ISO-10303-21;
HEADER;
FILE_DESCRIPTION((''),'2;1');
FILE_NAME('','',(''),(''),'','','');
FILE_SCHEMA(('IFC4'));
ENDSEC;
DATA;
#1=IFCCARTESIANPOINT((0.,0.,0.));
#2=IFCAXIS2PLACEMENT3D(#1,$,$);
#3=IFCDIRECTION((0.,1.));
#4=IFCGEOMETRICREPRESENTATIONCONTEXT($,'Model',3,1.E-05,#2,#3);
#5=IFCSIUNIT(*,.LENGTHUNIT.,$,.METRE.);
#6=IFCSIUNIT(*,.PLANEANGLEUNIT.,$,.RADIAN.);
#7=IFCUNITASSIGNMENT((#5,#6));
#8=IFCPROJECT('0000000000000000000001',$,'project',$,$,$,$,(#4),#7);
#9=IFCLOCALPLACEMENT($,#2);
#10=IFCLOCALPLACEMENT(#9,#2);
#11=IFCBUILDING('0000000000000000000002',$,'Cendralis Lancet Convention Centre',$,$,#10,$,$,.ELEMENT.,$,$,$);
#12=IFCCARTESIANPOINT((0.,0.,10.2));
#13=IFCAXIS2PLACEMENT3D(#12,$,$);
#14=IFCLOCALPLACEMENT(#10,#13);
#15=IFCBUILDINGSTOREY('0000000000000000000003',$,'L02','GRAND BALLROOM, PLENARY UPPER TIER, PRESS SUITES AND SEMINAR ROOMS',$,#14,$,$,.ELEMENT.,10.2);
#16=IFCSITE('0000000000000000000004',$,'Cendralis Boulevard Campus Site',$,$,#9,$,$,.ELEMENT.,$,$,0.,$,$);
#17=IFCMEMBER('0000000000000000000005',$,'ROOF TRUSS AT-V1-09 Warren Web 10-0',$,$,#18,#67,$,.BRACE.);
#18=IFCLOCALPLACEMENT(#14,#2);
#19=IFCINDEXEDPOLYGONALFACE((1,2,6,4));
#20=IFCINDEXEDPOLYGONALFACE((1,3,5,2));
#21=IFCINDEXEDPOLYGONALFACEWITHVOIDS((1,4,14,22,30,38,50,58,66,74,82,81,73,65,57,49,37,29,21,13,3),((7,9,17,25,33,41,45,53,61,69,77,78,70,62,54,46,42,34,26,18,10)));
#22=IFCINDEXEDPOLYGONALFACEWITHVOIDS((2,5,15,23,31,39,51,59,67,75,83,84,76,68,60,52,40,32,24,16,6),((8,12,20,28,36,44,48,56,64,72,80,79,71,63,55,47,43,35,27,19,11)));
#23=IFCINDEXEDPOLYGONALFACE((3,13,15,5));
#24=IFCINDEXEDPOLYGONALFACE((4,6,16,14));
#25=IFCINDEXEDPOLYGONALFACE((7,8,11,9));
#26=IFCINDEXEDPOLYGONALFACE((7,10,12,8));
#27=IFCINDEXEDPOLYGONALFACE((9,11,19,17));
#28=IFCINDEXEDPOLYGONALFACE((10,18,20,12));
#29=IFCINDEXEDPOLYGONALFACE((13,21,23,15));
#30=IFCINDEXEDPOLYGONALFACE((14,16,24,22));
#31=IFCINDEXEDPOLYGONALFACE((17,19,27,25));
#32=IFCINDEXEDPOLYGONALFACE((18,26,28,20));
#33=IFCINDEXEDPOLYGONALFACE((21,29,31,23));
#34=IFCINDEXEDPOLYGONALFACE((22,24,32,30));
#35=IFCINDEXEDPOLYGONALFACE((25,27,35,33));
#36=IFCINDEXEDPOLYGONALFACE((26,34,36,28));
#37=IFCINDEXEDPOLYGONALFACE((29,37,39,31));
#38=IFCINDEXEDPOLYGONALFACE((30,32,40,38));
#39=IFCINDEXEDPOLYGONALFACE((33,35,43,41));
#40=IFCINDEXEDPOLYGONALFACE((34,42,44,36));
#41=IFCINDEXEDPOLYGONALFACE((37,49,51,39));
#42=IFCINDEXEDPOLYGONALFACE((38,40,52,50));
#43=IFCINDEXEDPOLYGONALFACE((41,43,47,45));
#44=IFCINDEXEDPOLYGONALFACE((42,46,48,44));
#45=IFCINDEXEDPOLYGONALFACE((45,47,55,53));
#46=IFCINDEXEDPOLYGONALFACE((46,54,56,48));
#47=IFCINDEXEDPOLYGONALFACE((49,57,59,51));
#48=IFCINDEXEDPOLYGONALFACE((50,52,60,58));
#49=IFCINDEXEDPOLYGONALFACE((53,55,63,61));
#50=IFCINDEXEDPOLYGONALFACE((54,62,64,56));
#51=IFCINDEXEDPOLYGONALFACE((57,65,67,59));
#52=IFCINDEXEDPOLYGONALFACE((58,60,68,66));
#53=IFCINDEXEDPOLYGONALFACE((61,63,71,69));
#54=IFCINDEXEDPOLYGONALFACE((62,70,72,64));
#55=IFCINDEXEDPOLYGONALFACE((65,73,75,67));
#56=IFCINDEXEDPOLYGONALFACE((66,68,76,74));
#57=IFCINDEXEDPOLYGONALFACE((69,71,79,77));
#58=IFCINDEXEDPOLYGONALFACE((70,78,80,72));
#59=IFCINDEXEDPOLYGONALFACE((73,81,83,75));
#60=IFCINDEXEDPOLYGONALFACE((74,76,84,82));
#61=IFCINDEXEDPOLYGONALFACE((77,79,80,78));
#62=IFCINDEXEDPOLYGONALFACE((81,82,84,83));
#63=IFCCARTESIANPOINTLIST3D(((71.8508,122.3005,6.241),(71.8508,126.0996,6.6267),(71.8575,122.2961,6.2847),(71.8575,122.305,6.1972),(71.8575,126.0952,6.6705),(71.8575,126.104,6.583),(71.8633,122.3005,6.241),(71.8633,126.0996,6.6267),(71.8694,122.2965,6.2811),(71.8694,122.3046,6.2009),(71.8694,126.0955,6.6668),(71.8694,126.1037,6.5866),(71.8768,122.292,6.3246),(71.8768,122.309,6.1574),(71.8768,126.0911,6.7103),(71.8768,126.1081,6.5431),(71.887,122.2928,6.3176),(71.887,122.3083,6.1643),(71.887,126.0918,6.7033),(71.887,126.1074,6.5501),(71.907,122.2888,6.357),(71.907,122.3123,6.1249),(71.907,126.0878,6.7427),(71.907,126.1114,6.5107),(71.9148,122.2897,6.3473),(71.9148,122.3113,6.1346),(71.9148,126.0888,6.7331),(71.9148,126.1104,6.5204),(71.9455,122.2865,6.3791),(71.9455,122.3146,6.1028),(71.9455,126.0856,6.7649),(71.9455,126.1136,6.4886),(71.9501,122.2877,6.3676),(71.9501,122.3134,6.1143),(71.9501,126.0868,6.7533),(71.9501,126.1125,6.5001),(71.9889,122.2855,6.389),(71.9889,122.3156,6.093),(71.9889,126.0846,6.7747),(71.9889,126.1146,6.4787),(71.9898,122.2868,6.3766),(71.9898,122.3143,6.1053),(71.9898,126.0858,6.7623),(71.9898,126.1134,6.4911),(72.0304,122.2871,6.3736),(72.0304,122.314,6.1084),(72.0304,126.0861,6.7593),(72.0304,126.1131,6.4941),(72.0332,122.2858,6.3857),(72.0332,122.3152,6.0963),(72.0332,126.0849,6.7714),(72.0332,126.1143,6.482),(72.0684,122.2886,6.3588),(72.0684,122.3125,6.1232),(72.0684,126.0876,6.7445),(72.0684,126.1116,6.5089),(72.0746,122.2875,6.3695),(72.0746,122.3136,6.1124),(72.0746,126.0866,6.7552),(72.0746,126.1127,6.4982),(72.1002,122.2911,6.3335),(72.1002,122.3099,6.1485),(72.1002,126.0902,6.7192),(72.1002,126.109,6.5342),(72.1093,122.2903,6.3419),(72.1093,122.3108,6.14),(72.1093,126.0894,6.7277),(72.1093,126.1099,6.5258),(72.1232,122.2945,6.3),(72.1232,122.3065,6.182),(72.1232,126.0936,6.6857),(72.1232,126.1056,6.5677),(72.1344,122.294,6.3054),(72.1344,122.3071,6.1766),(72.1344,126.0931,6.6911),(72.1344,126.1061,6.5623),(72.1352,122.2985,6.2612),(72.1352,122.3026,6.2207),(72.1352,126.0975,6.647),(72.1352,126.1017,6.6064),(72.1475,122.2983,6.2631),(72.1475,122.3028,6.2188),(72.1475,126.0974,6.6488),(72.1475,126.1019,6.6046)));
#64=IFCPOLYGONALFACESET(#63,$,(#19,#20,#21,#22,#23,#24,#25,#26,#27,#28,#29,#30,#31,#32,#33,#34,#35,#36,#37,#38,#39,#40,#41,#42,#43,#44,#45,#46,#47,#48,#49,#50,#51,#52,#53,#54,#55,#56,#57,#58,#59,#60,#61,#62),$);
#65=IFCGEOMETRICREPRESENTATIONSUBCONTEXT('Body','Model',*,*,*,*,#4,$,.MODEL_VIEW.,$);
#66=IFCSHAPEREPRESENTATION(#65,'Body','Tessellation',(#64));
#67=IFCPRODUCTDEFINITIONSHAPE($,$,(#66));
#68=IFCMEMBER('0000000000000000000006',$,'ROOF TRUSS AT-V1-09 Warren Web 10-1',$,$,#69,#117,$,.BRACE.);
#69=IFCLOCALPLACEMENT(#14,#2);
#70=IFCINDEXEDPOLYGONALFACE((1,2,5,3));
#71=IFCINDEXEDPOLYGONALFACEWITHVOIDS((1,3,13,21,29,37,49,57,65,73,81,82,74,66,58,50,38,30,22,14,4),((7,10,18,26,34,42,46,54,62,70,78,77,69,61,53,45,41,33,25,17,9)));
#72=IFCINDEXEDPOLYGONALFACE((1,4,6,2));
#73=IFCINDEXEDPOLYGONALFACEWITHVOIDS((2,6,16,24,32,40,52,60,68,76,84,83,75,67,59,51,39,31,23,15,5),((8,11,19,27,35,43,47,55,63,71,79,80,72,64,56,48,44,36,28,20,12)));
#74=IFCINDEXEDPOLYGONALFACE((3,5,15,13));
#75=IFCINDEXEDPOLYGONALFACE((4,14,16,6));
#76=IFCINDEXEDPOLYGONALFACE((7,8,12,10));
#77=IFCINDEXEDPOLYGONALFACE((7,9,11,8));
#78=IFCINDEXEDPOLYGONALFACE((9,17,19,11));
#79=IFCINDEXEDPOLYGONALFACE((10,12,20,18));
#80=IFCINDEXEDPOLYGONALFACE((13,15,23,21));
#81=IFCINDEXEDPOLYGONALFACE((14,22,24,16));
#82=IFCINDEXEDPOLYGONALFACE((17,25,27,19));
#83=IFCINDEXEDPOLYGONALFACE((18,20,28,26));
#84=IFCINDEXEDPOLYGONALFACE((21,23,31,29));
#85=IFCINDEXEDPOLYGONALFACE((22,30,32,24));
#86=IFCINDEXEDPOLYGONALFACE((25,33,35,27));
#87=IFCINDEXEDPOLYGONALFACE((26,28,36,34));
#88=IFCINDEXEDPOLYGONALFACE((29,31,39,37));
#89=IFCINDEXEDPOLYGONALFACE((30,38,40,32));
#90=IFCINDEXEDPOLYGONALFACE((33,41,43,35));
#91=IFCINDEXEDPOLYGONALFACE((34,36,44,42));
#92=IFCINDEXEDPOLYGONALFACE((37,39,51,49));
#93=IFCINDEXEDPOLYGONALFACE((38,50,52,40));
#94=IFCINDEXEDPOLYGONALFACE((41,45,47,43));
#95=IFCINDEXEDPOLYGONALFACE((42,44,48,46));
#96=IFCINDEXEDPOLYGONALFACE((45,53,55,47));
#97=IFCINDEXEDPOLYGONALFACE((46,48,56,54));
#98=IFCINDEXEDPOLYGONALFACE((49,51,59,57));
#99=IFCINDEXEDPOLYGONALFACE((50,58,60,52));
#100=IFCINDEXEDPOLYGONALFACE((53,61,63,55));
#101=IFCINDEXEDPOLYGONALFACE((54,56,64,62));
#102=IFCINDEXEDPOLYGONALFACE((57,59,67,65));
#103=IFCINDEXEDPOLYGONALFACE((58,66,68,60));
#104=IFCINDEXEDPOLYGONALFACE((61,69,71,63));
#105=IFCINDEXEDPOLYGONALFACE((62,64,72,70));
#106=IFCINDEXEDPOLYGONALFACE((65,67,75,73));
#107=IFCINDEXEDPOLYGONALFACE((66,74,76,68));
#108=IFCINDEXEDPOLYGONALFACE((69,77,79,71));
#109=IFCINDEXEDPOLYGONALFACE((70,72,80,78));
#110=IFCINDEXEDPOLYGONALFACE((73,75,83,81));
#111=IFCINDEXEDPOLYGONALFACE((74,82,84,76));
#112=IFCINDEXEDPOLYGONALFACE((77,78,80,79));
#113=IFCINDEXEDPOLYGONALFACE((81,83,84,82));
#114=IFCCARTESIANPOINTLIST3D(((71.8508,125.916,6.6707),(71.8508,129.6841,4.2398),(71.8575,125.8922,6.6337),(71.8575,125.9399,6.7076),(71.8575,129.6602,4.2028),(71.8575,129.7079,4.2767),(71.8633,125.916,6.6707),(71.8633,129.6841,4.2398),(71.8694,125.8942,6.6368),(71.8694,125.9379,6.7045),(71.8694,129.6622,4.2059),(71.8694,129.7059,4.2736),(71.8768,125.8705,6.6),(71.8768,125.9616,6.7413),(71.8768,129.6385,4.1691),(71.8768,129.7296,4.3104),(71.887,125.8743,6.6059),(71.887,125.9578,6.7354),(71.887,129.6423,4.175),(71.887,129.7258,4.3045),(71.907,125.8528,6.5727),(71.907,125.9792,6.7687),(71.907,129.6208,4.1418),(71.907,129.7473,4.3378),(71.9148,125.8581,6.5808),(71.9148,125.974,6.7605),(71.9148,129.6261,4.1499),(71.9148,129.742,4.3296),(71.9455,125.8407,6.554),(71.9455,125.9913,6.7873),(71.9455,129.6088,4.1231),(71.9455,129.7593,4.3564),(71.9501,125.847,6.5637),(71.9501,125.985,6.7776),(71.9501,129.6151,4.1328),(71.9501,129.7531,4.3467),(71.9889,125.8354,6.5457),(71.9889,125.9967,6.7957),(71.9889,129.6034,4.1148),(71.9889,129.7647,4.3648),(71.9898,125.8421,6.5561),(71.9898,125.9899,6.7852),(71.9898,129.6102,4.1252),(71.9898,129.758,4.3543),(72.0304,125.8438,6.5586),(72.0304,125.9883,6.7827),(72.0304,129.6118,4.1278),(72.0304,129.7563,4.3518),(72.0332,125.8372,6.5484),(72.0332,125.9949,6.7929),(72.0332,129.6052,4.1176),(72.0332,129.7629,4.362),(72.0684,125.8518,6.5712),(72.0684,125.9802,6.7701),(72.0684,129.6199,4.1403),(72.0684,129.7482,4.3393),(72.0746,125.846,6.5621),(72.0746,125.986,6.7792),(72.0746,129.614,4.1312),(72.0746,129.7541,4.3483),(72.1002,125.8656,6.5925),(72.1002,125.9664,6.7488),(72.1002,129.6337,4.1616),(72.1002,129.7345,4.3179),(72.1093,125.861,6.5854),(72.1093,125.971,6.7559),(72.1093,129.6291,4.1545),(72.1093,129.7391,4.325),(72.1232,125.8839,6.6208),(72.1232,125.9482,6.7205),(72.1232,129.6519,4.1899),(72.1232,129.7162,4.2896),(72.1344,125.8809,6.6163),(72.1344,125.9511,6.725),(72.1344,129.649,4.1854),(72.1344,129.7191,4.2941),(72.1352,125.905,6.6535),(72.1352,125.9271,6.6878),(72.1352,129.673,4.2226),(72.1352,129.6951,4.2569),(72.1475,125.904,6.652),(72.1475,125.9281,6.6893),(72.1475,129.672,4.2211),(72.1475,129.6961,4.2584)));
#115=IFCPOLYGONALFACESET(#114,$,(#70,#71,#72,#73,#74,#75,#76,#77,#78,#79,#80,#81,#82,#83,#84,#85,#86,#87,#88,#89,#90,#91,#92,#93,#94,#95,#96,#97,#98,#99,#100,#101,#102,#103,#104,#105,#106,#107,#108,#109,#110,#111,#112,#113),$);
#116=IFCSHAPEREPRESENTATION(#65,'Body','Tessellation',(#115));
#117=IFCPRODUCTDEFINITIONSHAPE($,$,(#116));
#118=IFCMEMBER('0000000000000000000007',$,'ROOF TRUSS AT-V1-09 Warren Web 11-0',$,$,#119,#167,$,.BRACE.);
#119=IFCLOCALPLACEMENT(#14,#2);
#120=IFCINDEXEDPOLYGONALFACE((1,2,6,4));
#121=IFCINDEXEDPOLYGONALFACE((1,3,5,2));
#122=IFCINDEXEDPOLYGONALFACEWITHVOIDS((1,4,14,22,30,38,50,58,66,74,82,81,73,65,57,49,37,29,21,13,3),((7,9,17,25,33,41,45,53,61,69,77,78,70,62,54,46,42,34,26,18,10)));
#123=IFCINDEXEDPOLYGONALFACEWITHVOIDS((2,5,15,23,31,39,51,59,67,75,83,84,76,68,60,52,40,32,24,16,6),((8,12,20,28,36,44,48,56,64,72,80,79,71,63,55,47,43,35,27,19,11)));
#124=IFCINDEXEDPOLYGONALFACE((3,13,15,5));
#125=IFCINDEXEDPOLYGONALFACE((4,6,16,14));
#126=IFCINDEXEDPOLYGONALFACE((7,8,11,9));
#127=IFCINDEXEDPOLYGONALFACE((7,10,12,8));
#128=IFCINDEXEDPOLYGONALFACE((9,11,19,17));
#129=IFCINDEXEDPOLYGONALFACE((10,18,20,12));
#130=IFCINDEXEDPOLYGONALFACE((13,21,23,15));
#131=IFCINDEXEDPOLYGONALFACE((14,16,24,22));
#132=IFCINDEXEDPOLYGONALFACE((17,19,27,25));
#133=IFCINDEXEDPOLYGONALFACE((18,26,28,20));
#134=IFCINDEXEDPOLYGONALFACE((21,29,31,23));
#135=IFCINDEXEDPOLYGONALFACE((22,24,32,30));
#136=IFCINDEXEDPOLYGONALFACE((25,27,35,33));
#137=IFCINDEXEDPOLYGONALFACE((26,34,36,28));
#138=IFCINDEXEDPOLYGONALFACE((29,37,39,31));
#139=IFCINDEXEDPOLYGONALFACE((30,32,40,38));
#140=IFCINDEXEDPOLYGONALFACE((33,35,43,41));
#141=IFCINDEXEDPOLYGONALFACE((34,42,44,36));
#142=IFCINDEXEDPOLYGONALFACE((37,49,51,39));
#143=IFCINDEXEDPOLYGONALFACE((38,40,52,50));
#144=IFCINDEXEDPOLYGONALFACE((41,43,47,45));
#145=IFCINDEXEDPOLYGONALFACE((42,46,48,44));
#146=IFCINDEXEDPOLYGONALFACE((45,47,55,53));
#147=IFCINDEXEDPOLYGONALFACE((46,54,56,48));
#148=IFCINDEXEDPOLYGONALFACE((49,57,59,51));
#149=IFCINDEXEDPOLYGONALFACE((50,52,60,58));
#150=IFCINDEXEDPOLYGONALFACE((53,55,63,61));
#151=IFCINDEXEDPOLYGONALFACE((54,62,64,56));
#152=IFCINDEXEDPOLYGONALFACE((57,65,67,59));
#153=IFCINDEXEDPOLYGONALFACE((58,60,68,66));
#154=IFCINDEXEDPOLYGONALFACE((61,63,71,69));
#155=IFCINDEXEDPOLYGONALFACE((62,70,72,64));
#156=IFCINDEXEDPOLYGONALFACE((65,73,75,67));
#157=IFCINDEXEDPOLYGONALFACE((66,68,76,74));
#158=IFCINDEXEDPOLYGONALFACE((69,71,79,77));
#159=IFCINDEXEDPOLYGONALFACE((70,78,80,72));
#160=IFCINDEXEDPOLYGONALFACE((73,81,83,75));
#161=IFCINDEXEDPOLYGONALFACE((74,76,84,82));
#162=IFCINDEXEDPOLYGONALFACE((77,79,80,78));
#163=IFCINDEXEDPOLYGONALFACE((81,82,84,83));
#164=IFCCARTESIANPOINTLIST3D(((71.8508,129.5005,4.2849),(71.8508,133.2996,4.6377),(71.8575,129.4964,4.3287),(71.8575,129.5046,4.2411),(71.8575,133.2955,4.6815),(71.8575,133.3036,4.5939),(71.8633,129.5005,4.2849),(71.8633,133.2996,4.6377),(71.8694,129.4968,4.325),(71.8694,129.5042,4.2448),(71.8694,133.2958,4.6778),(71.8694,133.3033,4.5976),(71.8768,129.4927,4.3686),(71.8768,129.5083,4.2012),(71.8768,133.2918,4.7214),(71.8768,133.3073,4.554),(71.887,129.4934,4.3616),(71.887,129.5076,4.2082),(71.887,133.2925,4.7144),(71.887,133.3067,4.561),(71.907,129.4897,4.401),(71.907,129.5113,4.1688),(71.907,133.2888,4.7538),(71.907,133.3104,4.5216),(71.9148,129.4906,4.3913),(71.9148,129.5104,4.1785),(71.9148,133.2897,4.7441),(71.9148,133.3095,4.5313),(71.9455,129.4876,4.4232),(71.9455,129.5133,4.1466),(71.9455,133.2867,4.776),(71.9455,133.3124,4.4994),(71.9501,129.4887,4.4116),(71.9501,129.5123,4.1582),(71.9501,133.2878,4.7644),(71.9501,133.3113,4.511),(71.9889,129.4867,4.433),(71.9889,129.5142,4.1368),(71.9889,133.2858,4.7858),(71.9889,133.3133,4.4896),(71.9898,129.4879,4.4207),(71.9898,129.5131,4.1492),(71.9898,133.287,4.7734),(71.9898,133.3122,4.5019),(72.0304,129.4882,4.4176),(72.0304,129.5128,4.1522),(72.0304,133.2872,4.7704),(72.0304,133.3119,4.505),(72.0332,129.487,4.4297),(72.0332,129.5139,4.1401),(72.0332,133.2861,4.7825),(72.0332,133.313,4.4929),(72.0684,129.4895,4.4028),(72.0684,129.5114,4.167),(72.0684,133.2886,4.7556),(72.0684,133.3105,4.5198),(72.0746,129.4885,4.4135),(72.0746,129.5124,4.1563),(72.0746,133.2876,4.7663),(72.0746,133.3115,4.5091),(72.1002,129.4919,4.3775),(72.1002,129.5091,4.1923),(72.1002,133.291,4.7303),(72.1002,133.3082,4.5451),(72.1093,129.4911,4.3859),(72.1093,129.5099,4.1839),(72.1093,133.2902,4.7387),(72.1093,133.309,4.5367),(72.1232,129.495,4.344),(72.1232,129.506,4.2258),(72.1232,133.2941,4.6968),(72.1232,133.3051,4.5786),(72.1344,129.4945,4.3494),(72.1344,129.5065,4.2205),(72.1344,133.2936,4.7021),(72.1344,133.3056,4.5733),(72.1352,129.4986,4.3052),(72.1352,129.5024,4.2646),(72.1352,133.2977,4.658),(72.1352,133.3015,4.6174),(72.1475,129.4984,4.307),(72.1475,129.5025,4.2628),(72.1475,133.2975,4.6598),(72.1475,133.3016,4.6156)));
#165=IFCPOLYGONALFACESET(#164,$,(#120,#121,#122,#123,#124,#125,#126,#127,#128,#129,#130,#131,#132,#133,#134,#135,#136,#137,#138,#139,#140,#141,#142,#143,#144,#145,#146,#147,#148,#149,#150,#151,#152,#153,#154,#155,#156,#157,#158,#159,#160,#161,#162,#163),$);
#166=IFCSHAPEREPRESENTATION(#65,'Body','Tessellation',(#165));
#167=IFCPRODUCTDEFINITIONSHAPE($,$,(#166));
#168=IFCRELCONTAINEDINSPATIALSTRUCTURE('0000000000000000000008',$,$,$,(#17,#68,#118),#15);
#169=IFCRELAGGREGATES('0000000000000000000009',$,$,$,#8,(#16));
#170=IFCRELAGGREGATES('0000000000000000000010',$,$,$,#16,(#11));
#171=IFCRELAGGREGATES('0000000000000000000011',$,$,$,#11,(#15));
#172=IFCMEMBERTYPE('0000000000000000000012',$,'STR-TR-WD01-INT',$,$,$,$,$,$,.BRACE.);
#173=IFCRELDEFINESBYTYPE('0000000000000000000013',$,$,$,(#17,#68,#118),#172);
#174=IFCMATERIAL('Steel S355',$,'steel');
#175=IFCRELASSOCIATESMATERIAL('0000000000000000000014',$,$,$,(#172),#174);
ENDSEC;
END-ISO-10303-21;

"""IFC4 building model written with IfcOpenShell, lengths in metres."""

from ifc_helpers import new_model, si_unit, direction, frame, origin, origin_2d, place, context, subcontext, project, spatial, hollow_circle, extrude, material, material_profile, profile_set, type_object, element, save


model = new_model("IFC4")

# Units and contexts
model_context = context("Model", 3, precision=1e-05, world=origin(), true_north=direction((0.0, 1.0)))
body_context = subcontext(model_context, "Body", "Model", "MODEL_VIEW")
ifc_project = project(units=[si_unit("LENGTHUNIT", "METRE"), si_unit("PLANEANGLEUNIT", "RADIAN")], contexts=[model_context])

# Site, building, storey
site_placement = place(None, origin())
site = spatial("IfcSite", under=ifc_project, at=site_placement, Name="Cendralis Boulevard Campus Site", CompositionType="ELEMENT", RefElevation=0.0)
building_placement = place(site_placement, origin())
building = spatial("IfcBuilding", under=site, at=building_placement, Name="Cendralis Lancet Convention Centre", CompositionType="ELEMENT")
storey_placement = place(building_placement, frame((0.0, 0.0, 10.2)))
storey = spatial("IfcBuildingStorey", under=building, at=storey_placement, Name="L02", Description="GRAND BALLROOM, PLENARY UPPER TIER, PRESS SUITES AND SEMINAR ROOMS", CompositionType="ELEMENT", Elevation=10.2)

# Members
ifc_material_1 = material(Name="Steel S355", Category="steel")
ifc_material_profile_1 = material_profile(ifc_material_1, hollow_circle(Radius=0.1492, WallThickness=0.0125, at=origin_2d()), Name="CHS 298.5x12.5")
ifc_profile_set_1 = profile_set([ifc_material_profile_1], Name="Steel S355")
member_type_1 = type_object("IfcMemberType", Name="STR-TR-WD01-INT", PredefinedType="BRACE", material=ifc_profile_set_1)
member_1_placement = place(storey_placement, frame((72.0, 122.3005, 6.241), z_axis=(0.0, 0.994885, 0.101017), x_axis=(-1.0, 0.0, 0.0)))
element("IfcMember", 1, at=member_1_placement, inside=storey, type_object=member_type_1, Name="ROOF TRUSS AT-V1-09 Warren Web 10-0", PredefinedType="BRACE", context=body_context, shape_type="SweptSolid", body=[
    extrude(hollow_circle(Radius=0.1492, WallThickness=0.0125, at=origin_2d()), origin(), (0.0, 0.0, 1.0), 3.8186),
])
member_2_placement = place(storey_placement, frame((72.0, 125.916, 6.6707), z_axis=(0.0, 0.840307, -0.542111), x_axis=(-1.0, 0.0, 0.0)))
element("IfcMember", 2, at=member_2_placement, inside=storey, type_object=member_type_1, Name="ROOF TRUSS AT-V1-09 Warren Web 10-1", PredefinedType="BRACE", context=body_context, shape_type="SweptSolid", body=[
    extrude(hollow_circle(Radius=0.1492, WallThickness=0.0125, at=origin_2d()), origin(), (0.0, 0.0, 1.0), 4.4841),
])
member_3_placement = place(storey_placement, frame((72.0, 129.5005, 4.2849), z_axis=(0.0, 0.995716, 0.092463), x_axis=(-1.0, 0.0, 0.0)))
element("IfcMember", 3, at=member_3_placement, inside=storey, type_object=member_type_1, Name="ROOF TRUSS AT-V1-09 Warren Web 11-0", PredefinedType="BRACE", context=body_context, shape_type="SweptSolid", body=[
    extrude(hollow_circle(Radius=0.1492, WallThickness=0.0125, at=origin_2d()), origin(), (0.0, 0.0, 1.0), 3.8154),
])

save(model, "model.ifc")
